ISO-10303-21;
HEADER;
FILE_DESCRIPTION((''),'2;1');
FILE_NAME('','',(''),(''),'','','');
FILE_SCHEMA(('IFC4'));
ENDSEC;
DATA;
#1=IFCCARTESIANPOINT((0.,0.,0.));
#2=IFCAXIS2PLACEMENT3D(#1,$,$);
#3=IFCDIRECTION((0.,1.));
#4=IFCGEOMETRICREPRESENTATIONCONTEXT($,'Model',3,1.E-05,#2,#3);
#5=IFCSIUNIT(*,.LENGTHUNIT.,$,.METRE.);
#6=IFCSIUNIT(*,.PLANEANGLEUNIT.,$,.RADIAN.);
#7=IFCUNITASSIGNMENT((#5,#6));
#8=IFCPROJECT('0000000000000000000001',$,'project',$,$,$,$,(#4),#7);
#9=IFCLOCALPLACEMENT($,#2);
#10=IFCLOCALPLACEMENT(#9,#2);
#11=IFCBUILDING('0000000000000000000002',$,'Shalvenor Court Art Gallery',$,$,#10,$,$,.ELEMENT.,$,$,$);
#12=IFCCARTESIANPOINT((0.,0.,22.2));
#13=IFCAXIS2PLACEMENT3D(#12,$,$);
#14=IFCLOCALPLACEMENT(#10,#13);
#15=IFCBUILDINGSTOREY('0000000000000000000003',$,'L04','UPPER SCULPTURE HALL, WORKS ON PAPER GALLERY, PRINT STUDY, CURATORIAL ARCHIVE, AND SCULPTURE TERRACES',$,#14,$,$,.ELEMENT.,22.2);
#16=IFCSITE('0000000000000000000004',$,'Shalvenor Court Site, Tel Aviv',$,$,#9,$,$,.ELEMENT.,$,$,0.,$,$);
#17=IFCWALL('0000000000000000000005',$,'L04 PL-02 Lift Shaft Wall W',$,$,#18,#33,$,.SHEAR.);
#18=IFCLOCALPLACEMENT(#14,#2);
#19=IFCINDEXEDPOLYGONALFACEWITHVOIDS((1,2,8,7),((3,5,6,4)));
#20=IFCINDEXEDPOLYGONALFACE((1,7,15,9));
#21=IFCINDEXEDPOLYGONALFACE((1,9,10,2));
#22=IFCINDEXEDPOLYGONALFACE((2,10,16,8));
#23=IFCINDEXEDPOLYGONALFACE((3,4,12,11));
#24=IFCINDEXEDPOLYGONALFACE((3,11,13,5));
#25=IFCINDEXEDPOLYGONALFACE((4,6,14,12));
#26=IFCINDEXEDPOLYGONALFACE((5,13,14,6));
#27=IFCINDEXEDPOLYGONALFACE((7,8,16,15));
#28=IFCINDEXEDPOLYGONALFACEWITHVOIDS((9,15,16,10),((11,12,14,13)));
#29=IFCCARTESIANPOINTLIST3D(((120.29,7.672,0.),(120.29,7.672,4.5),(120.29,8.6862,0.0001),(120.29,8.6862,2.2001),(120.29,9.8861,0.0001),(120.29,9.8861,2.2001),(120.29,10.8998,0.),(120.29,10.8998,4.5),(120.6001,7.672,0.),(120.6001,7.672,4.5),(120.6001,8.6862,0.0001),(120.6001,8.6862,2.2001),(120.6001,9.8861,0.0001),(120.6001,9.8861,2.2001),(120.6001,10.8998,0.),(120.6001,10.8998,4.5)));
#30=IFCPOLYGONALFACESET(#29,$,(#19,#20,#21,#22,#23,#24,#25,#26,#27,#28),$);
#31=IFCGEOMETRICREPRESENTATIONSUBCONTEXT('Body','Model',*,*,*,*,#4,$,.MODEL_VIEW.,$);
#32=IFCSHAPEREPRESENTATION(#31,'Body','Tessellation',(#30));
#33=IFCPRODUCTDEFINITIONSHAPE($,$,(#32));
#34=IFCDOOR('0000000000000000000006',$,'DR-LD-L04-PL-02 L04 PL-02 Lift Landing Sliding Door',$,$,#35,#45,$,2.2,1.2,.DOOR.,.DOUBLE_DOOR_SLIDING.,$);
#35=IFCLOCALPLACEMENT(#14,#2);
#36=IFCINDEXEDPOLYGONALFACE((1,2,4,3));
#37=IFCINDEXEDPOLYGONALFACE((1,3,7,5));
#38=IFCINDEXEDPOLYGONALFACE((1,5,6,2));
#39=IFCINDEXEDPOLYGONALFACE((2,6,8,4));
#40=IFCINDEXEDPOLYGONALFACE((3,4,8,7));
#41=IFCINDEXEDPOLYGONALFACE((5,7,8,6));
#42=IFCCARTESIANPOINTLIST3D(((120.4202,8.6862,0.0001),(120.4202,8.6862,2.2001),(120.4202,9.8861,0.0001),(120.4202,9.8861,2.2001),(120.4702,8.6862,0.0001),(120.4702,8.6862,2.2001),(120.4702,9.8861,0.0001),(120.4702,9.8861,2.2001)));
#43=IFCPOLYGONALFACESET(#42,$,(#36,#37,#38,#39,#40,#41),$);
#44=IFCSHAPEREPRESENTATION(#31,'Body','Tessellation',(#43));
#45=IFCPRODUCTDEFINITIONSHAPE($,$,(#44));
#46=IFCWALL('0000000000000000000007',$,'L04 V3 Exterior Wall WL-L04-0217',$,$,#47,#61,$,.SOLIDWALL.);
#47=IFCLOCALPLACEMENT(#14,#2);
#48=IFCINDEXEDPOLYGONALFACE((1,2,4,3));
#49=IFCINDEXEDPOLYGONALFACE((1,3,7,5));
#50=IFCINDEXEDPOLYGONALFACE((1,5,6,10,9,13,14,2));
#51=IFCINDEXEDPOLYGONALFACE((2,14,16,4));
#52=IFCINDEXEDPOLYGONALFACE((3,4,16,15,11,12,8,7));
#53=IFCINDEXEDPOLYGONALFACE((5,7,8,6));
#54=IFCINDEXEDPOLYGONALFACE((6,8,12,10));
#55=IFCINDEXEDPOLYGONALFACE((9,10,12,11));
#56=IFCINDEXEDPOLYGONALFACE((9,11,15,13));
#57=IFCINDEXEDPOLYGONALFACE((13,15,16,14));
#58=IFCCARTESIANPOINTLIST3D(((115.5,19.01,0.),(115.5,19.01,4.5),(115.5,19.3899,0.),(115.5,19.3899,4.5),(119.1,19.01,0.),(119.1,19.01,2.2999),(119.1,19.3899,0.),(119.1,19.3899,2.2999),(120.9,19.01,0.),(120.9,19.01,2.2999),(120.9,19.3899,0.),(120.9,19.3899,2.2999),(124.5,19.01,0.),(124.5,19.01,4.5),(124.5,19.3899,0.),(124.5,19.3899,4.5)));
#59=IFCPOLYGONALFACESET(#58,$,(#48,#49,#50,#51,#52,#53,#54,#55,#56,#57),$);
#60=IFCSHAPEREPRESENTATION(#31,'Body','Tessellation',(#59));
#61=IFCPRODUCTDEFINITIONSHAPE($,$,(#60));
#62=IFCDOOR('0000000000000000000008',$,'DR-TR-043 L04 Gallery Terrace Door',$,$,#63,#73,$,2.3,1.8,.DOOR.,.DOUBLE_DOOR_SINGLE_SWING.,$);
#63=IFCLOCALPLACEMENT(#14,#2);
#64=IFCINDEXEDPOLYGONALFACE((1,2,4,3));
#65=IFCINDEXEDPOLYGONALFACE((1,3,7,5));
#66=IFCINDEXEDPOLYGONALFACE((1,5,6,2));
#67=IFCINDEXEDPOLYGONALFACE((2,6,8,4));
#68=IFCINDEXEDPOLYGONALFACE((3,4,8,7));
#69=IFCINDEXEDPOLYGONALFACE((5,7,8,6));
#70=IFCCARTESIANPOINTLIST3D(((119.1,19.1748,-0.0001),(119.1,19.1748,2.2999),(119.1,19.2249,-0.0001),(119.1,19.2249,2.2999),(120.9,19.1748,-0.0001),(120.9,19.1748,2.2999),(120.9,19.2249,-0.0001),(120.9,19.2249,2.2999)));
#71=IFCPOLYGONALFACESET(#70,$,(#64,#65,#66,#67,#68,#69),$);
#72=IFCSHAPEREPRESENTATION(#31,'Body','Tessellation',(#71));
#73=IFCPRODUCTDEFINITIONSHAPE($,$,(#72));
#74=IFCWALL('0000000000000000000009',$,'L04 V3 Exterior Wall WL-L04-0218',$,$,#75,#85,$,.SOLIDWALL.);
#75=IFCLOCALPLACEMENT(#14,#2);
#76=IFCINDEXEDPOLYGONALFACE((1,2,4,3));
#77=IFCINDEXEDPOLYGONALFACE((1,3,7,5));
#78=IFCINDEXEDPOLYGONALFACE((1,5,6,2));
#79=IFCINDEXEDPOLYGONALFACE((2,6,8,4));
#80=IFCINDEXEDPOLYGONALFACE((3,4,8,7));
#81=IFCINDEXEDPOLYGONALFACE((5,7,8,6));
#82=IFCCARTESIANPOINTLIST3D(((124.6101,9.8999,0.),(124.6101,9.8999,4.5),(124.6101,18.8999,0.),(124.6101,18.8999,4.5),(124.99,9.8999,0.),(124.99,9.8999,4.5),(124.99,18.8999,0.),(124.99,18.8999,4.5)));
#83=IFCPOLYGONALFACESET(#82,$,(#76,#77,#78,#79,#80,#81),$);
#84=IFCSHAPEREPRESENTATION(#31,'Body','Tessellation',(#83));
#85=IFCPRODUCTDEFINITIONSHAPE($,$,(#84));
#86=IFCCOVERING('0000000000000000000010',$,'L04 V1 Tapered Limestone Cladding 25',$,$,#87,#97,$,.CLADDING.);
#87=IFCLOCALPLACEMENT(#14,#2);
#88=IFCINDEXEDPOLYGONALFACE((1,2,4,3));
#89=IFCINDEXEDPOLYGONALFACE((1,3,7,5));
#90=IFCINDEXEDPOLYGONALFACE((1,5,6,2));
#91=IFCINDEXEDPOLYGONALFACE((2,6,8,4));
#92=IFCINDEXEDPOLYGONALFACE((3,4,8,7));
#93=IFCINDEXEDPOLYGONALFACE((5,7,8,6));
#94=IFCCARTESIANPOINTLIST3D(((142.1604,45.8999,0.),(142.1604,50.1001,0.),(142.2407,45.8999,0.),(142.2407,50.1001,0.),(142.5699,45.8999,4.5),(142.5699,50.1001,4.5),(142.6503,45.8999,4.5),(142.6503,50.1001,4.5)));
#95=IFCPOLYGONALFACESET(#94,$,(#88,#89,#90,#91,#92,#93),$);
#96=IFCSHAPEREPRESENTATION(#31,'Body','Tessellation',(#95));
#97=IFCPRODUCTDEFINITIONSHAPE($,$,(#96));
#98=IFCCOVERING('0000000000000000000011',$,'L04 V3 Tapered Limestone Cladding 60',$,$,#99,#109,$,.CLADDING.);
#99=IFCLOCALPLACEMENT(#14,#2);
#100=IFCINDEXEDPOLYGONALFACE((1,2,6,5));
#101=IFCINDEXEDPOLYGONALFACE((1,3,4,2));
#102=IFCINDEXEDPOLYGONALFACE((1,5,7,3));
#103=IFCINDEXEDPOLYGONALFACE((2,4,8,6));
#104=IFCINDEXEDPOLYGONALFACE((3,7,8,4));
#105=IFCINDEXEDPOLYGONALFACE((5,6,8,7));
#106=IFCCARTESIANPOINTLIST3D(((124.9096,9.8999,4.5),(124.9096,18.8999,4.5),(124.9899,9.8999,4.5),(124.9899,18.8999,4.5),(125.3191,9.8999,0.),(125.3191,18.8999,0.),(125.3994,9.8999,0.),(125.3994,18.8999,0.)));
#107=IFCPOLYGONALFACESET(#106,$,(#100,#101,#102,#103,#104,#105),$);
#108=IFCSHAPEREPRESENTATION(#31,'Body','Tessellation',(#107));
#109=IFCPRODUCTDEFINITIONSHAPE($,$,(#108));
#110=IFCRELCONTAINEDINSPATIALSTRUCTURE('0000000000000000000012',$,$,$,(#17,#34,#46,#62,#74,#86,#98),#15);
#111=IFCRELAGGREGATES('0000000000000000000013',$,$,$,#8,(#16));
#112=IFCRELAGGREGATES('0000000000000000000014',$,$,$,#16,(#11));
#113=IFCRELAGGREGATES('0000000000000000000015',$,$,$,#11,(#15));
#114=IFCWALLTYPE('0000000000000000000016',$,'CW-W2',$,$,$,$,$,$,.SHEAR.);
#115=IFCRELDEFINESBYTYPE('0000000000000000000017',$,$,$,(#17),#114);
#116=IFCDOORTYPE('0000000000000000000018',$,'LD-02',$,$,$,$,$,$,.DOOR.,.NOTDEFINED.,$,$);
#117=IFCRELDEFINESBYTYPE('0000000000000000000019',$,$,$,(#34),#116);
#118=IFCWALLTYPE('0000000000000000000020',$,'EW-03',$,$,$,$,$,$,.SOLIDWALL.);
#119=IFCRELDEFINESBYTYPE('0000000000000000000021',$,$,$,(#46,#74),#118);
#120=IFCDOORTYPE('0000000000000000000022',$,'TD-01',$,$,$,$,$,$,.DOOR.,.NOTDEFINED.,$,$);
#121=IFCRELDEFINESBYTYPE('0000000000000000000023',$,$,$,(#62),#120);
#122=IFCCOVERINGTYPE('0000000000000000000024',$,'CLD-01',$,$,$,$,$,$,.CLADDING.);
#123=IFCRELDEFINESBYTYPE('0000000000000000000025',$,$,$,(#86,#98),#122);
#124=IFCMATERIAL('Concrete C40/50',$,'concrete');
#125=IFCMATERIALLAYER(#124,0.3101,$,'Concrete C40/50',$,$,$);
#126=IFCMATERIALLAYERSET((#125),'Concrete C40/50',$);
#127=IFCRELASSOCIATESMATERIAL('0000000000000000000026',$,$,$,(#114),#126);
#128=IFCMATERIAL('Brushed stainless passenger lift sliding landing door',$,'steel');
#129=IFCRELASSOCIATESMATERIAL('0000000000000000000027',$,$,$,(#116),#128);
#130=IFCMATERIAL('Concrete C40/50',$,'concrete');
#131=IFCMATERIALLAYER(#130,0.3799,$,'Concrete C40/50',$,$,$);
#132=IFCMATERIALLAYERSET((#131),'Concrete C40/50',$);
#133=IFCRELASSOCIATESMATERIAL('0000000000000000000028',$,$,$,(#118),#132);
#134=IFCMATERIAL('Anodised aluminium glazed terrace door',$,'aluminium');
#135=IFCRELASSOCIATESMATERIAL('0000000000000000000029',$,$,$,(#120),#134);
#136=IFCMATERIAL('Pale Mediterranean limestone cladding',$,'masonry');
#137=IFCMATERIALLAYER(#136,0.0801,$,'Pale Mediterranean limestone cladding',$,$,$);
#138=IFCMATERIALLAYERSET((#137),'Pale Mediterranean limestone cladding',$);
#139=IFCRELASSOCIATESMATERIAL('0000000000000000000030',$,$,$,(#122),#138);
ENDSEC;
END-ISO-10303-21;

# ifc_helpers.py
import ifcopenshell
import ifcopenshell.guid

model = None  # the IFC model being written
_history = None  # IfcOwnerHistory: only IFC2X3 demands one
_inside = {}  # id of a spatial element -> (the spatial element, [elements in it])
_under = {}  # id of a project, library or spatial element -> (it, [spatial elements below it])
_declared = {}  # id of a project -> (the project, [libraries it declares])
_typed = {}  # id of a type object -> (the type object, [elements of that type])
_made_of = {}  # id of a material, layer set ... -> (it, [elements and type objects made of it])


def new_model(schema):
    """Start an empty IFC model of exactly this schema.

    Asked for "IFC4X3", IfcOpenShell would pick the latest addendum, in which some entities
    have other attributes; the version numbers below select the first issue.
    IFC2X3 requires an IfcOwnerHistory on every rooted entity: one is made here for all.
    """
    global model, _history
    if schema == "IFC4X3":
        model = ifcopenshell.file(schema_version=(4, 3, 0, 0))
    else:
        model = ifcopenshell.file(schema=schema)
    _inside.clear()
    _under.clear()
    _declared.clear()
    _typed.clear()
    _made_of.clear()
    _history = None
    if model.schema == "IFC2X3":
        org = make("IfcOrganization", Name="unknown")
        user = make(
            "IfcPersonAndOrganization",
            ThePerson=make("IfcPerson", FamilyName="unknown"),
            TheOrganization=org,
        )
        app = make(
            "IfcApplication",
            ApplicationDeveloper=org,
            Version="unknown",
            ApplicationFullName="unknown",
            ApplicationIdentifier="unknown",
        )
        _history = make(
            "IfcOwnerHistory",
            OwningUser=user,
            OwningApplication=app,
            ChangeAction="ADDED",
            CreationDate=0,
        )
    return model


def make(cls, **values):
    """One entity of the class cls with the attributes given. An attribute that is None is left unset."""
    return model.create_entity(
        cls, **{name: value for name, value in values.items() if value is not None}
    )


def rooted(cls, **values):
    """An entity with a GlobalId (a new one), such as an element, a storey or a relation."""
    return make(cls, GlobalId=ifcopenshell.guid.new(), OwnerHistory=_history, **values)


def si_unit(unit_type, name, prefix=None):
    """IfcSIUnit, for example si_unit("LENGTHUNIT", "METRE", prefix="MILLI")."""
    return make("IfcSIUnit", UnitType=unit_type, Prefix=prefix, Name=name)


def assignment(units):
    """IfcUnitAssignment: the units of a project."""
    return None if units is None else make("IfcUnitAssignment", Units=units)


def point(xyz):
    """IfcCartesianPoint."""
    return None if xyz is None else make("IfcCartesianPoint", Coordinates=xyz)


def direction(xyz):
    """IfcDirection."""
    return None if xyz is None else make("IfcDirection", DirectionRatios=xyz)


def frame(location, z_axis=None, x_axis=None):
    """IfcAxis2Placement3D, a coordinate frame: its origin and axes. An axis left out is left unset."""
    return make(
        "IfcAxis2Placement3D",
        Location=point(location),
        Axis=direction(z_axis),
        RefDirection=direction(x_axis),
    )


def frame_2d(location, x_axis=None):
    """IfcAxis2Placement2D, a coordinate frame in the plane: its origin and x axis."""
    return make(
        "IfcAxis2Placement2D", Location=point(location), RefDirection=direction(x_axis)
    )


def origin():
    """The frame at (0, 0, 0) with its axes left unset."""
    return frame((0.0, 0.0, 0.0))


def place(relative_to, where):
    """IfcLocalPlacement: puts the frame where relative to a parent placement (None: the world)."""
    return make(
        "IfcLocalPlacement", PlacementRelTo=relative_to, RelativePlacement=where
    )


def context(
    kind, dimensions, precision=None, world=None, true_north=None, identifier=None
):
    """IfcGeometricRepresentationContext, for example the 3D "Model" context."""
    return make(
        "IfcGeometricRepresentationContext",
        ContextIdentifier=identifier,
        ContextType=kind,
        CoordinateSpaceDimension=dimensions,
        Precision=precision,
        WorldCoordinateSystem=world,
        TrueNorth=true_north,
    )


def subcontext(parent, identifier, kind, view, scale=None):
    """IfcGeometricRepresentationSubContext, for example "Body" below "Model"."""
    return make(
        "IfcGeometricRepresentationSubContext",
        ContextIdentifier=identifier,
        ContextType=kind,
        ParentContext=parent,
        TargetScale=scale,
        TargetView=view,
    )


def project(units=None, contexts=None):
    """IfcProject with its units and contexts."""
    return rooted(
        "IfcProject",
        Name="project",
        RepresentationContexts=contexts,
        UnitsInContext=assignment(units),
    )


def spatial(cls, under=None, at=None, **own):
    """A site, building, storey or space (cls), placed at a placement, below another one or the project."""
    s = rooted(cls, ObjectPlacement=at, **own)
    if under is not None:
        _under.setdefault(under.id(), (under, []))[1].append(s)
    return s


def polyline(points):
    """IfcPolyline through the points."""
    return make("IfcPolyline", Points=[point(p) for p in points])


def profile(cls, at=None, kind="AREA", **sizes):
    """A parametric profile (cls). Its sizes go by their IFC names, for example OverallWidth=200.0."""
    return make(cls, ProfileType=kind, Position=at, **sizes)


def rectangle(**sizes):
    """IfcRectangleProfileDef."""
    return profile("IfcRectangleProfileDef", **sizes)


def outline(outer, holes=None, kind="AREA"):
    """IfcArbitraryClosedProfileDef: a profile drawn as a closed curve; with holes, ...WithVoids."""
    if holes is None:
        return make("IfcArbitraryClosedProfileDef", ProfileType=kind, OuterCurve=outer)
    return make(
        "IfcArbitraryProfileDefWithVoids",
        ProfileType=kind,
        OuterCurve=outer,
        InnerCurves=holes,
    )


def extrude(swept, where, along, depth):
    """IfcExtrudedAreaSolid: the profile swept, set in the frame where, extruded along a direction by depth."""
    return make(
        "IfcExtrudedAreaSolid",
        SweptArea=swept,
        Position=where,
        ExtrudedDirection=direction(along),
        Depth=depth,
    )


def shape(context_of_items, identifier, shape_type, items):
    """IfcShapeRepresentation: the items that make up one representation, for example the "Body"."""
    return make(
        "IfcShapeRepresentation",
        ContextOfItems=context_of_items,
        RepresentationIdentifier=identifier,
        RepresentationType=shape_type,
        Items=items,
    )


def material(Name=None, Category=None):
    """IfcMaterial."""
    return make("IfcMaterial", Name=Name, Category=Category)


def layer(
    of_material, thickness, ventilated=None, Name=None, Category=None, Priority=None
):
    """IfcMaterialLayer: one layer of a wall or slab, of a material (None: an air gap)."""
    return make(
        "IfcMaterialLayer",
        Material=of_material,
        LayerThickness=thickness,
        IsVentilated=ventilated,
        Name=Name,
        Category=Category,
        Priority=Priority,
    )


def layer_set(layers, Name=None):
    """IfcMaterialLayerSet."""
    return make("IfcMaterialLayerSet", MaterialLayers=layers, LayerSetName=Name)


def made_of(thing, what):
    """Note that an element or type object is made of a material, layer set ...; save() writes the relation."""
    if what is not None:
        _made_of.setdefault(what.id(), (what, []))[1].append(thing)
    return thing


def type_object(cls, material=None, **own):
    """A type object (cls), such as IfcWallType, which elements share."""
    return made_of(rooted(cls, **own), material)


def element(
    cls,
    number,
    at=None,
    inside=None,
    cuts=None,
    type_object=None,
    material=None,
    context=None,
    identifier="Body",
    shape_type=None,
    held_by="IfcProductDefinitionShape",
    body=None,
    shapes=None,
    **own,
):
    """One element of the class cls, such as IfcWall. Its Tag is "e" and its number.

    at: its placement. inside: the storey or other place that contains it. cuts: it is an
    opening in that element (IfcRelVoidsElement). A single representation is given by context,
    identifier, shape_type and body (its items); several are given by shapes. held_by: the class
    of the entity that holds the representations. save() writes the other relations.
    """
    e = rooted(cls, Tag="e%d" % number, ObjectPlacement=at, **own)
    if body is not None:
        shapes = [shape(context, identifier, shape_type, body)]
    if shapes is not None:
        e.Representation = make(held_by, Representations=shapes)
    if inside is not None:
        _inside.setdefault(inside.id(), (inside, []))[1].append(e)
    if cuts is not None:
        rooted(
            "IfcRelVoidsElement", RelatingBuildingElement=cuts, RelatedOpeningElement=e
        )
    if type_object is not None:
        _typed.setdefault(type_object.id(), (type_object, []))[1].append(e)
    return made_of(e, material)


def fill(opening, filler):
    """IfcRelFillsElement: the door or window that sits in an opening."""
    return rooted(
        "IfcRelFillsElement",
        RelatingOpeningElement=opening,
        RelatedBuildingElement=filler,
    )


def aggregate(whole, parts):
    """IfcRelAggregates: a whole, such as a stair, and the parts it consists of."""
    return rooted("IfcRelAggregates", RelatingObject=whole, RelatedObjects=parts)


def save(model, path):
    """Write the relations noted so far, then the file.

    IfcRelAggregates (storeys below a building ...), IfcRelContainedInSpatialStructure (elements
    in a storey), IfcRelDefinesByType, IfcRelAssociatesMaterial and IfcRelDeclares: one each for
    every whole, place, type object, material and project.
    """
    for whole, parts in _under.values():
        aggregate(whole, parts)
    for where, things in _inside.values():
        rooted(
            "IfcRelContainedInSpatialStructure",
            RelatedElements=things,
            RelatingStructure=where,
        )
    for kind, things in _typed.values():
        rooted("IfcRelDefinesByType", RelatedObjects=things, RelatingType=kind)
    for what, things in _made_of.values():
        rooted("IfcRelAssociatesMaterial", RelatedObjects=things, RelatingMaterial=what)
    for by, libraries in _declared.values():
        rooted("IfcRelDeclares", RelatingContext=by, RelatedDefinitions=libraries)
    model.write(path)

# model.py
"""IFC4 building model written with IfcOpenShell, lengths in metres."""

from ifc_helpers import new_model, si_unit, direction, frame, frame_2d, origin, place, context, subcontext, project, spatial, polyline, rectangle, outline, extrude, material, layer, layer_set, type_object, element, fill, save


model = new_model("IFC4")

# Units and contexts
model_context = context("Model", 3, precision=1e-05, world=origin(), true_north=direction((0.0, 1.0)))
body_context = subcontext(model_context, "Body", "Model", "MODEL_VIEW")
ifc_project = project(units=[si_unit("LENGTHUNIT", "METRE"), si_unit("PLANEANGLEUNIT", "RADIAN")], contexts=[model_context])

# Site, building, storey
site_placement = place(None, origin())
site = spatial("IfcSite", under=ifc_project, at=site_placement, Name="Shalvenor Court Site, Tel Aviv", CompositionType="ELEMENT", RefElevation=0.0)
building_placement = place(site_placement, origin())
building = spatial("IfcBuilding", under=site, at=building_placement, Name="Shalvenor Court Art Gallery", CompositionType="ELEMENT")
storey_placement = place(building_placement, frame((0.0, 0.0, 22.2)))
storey = spatial("IfcBuildingStorey", under=building, at=storey_placement, Name="L04", Description="UPPER SCULPTURE HALL, WORKS ON PAPER GALLERY, PRINT STUDY, CURATORIAL ARCHIVE, AND SCULPTURE TERRACES", CompositionType="ELEMENT", Elevation=22.2)

# Shared definitions
ifc_material_1 = material(Name="Concrete C40/50", Category="concrete")
ifc_layer_1 = layer(ifc_material_1, 0.3101, Name="Concrete C40/50")
ifc_layer_set_1 = layer_set([ifc_layer_1], Name="Concrete C40/50")
wall_type_1 = type_object("IfcWallType", Name="CW-W2", PredefinedType="SHEAR", material=ifc_layer_set_1)

# Walls, openings, doors
wall_1_placement = place(storey_placement, frame((120.4451, 7.6721, 0.0), z_axis=(0.0, 0.0, 1.0), x_axis=(0.0, 1.0, 0.0)))
wall_1 = element("IfcWall", 1, at=wall_1_placement, inside=storey, type_object=wall_type_1, Name="L04 PL-02 Lift Shaft Wall W", PredefinedType="SHEAR", context=body_context, shape_type="SweptSolid", body=[
    extrude(rectangle(XDim=3.2278, YDim=0.3101, at=frame_2d((1.6138, 0.0))), origin(), (0.0, 0.0, 1.0), 4.5),
])
opening_1_placement = place(wall_1_placement, frame((1.0139, 0.0, 0.0)))
opening_1 = element("IfcOpeningElement", 2, at=opening_1_placement, cuts=wall_1, PredefinedType="OPENING", context=body_context, shape_type="SweptSolid", body=[
    extrude(rectangle(XDim=1.2, YDim=2.2, at=frame_2d((0.6001, 1.1001))), frame((0.0, 0.165, 0.0), z_axis=(0.0, -1.0, 0.0), x_axis=(1.0, 0.0, 0.0)), (0.0, 0.0, 1.0), 0.3301),
])
ifc_material_2 = material(Name="Brushed stainless passenger lift sliding landing door", Category="steel")
door_type_1 = type_object("IfcDoorType", Name="LD-02", OperationType="NOTDEFINED", PredefinedType="DOOR", material=ifc_material_2)
door_1_placement = place(opening_1_placement, origin())
door_1 = element("IfcDoor", 3, at=door_1_placement, inside=storey, type_object=door_type_1, Name="DR-LD-L04-PL-02 L04 PL-02 Lift Landing Sliding Door", OperationType="DOUBLE_DOOR_SLIDING", OverallHeight=2.2, OverallWidth=1.2, PredefinedType="DOOR", context=body_context, shape_type="SweptSolid", body=[
    extrude(rectangle(XDim=1.2, YDim=2.2, at=frame_2d((0.6001, 1.1001))), frame((0.0, 0.0249, 0.0), z_axis=(0.0, -1.0, 0.0), x_axis=(1.0, 0.0, 0.0)), (0.0, 0.0, 1.0), 0.05),
])
fill(opening_1, door_1)
ifc_material_3 = material(Name="Concrete C40/50", Category="concrete")
ifc_layer_2 = layer(ifc_material_3, 0.3799, Name="Concrete C40/50")
ifc_layer_set_2 = layer_set([ifc_layer_2], Name="Concrete C40/50")
wall_type_2 = type_object("IfcWallType", Name="EW-03", PredefinedType="SOLIDWALL", material=ifc_layer_set_2)
wall_2_placement = place(storey_placement, frame((115.5, 19.2, 0.0), z_axis=(0.0, 0.0, 1.0), x_axis=(1.0, 0.0, 0.0)))
wall_2 = element("IfcWall", 4, at=wall_2_placement, inside=storey, type_object=wall_type_2, Name="L04 V3 Exterior Wall WL-L04-0217", PredefinedType="SOLIDWALL", context=body_context, shape_type="SweptSolid", body=[
    extrude(rectangle(XDim=9.0, YDim=0.3799, at=frame_2d((4.5, 0.0))), origin(), (0.0, 0.0, 1.0), 4.5),
])
opening_2_placement = place(wall_2_placement, frame((3.6001, 0.0, 0.0)))
opening_2 = element("IfcOpeningElement", 5, at=opening_2_placement, cuts=wall_2, PredefinedType="OPENING", context=body_context, shape_type="SweptSolid", body=[
    extrude(rectangle(XDim=1.8, YDim=2.3, at=frame_2d((0.8999, 1.1499))), frame((0.0, 0.2, 0.0), z_axis=(0.0, -1.0, 0.0), x_axis=(1.0, 0.0, 0.0)), (0.0, 0.0, 1.0), 0.3999),
])
ifc_material_4 = material(Name="Anodised aluminium glazed terrace door", Category="aluminium")
door_type_2 = type_object("IfcDoorType", Name="TD-01", OperationType="NOTDEFINED", PredefinedType="DOOR", material=ifc_material_4)
door_2_placement = place(opening_2_placement, origin())
door_2 = element("IfcDoor", 6, at=door_2_placement, inside=storey, type_object=door_type_2, Name="DR-TR-043 L04 Gallery Terrace Door", OperationType="DOUBLE_DOOR_SINGLE_SWING", OverallHeight=2.3, OverallWidth=1.8, PredefinedType="DOOR", context=body_context, shape_type="SweptSolid", body=[
    extrude(rectangle(XDim=1.8, YDim=2.3, at=frame_2d((0.8999, 1.1499))), frame((0.0, 0.0249, 0.0), z_axis=(0.0, -1.0, 0.0), x_axis=(1.0, 0.0, 0.0)), (0.0, 0.0, 1.0), 0.05),
])
fill(opening_2, door_2)

# Wall
wall_3_placement = place(storey_placement, frame((124.8, 18.8999, 0.0), z_axis=(0.0, 0.0, 1.0), x_axis=(0.0, -1.0, 0.0)))
element("IfcWall", 7, at=wall_3_placement, inside=storey, type_object=wall_type_2, Name="L04 V3 Exterior Wall WL-L04-0218", PredefinedType="SOLIDWALL", context=body_context, shape_type="SweptSolid", body=[
    extrude(rectangle(XDim=9.0, YDim=0.3799, at=frame_2d((4.5, 0.0))), origin(), (0.0, 0.0, 1.0), 4.5),
])

# Coverings
ifc_material_5 = material(Name="Pale Mediterranean limestone cladding", Category="masonry")
ifc_layer_3 = layer(ifc_material_5, 0.0801, Name="Pale Mediterranean limestone cladding")
ifc_layer_set_3 = layer_set([ifc_layer_3], Name="Pale Mediterranean limestone cladding")
covering_type = type_object("IfcCoveringType", Name="CLD-01", PredefinedType="CLADDING", material=ifc_layer_set_3)
covering_1_placement = place(storey_placement, frame((142.1604, 50.1001, 0.0), z_axis=(0.0, 0.0, 1.0), x_axis=(0.0, -1.0, 0.0)))
element("IfcCovering", 8, at=covering_1_placement, inside=storey, type_object=covering_type, Name="L04 V1 Tapered Limestone Cladding 25", PredefinedType="CLADDING", context=body_context, shape_type="SweptSolid", body=[
    extrude(outline(polyline([(0.0, 0.0), (4.2002, 0.0), (4.2002, 4.5186), (0.0, 4.5186), (0.0, 0.0)])), frame((0.0, 0.0, 0.0), z_axis=(0.0, -0.995884, 0.090633), x_axis=(1.0, 0.0, 0.0)), (0.0, 0.090633, -0.995884), 0.0803),
])
covering_2_placement = place(storey_placement, frame((125.3994, 9.8999, 0.0), z_axis=(0.0, 0.0, 1.0), x_axis=(0.0, 1.0, 0.0)))
element("IfcCovering", 9, at=covering_2_placement, inside=storey, type_object=covering_type, Name="L04 V3 Tapered Limestone Cladding 60", PredefinedType="CLADDING", context=body_context, shape_type="SweptSolid", body=[
    extrude(outline(polyline([(0.0, 0.0), (9.0, 0.0), (9.0, 4.5186), (0.0, 4.5186), (0.0, 0.0)])), frame((0.0, 0.0, 0.0), z_axis=(0.0, -0.995884, 0.090633), x_axis=(1.0, 0.0, 0.0)), (0.0, 0.090633, -0.995884), 0.0803),
])

save(model, "model.ifc")
